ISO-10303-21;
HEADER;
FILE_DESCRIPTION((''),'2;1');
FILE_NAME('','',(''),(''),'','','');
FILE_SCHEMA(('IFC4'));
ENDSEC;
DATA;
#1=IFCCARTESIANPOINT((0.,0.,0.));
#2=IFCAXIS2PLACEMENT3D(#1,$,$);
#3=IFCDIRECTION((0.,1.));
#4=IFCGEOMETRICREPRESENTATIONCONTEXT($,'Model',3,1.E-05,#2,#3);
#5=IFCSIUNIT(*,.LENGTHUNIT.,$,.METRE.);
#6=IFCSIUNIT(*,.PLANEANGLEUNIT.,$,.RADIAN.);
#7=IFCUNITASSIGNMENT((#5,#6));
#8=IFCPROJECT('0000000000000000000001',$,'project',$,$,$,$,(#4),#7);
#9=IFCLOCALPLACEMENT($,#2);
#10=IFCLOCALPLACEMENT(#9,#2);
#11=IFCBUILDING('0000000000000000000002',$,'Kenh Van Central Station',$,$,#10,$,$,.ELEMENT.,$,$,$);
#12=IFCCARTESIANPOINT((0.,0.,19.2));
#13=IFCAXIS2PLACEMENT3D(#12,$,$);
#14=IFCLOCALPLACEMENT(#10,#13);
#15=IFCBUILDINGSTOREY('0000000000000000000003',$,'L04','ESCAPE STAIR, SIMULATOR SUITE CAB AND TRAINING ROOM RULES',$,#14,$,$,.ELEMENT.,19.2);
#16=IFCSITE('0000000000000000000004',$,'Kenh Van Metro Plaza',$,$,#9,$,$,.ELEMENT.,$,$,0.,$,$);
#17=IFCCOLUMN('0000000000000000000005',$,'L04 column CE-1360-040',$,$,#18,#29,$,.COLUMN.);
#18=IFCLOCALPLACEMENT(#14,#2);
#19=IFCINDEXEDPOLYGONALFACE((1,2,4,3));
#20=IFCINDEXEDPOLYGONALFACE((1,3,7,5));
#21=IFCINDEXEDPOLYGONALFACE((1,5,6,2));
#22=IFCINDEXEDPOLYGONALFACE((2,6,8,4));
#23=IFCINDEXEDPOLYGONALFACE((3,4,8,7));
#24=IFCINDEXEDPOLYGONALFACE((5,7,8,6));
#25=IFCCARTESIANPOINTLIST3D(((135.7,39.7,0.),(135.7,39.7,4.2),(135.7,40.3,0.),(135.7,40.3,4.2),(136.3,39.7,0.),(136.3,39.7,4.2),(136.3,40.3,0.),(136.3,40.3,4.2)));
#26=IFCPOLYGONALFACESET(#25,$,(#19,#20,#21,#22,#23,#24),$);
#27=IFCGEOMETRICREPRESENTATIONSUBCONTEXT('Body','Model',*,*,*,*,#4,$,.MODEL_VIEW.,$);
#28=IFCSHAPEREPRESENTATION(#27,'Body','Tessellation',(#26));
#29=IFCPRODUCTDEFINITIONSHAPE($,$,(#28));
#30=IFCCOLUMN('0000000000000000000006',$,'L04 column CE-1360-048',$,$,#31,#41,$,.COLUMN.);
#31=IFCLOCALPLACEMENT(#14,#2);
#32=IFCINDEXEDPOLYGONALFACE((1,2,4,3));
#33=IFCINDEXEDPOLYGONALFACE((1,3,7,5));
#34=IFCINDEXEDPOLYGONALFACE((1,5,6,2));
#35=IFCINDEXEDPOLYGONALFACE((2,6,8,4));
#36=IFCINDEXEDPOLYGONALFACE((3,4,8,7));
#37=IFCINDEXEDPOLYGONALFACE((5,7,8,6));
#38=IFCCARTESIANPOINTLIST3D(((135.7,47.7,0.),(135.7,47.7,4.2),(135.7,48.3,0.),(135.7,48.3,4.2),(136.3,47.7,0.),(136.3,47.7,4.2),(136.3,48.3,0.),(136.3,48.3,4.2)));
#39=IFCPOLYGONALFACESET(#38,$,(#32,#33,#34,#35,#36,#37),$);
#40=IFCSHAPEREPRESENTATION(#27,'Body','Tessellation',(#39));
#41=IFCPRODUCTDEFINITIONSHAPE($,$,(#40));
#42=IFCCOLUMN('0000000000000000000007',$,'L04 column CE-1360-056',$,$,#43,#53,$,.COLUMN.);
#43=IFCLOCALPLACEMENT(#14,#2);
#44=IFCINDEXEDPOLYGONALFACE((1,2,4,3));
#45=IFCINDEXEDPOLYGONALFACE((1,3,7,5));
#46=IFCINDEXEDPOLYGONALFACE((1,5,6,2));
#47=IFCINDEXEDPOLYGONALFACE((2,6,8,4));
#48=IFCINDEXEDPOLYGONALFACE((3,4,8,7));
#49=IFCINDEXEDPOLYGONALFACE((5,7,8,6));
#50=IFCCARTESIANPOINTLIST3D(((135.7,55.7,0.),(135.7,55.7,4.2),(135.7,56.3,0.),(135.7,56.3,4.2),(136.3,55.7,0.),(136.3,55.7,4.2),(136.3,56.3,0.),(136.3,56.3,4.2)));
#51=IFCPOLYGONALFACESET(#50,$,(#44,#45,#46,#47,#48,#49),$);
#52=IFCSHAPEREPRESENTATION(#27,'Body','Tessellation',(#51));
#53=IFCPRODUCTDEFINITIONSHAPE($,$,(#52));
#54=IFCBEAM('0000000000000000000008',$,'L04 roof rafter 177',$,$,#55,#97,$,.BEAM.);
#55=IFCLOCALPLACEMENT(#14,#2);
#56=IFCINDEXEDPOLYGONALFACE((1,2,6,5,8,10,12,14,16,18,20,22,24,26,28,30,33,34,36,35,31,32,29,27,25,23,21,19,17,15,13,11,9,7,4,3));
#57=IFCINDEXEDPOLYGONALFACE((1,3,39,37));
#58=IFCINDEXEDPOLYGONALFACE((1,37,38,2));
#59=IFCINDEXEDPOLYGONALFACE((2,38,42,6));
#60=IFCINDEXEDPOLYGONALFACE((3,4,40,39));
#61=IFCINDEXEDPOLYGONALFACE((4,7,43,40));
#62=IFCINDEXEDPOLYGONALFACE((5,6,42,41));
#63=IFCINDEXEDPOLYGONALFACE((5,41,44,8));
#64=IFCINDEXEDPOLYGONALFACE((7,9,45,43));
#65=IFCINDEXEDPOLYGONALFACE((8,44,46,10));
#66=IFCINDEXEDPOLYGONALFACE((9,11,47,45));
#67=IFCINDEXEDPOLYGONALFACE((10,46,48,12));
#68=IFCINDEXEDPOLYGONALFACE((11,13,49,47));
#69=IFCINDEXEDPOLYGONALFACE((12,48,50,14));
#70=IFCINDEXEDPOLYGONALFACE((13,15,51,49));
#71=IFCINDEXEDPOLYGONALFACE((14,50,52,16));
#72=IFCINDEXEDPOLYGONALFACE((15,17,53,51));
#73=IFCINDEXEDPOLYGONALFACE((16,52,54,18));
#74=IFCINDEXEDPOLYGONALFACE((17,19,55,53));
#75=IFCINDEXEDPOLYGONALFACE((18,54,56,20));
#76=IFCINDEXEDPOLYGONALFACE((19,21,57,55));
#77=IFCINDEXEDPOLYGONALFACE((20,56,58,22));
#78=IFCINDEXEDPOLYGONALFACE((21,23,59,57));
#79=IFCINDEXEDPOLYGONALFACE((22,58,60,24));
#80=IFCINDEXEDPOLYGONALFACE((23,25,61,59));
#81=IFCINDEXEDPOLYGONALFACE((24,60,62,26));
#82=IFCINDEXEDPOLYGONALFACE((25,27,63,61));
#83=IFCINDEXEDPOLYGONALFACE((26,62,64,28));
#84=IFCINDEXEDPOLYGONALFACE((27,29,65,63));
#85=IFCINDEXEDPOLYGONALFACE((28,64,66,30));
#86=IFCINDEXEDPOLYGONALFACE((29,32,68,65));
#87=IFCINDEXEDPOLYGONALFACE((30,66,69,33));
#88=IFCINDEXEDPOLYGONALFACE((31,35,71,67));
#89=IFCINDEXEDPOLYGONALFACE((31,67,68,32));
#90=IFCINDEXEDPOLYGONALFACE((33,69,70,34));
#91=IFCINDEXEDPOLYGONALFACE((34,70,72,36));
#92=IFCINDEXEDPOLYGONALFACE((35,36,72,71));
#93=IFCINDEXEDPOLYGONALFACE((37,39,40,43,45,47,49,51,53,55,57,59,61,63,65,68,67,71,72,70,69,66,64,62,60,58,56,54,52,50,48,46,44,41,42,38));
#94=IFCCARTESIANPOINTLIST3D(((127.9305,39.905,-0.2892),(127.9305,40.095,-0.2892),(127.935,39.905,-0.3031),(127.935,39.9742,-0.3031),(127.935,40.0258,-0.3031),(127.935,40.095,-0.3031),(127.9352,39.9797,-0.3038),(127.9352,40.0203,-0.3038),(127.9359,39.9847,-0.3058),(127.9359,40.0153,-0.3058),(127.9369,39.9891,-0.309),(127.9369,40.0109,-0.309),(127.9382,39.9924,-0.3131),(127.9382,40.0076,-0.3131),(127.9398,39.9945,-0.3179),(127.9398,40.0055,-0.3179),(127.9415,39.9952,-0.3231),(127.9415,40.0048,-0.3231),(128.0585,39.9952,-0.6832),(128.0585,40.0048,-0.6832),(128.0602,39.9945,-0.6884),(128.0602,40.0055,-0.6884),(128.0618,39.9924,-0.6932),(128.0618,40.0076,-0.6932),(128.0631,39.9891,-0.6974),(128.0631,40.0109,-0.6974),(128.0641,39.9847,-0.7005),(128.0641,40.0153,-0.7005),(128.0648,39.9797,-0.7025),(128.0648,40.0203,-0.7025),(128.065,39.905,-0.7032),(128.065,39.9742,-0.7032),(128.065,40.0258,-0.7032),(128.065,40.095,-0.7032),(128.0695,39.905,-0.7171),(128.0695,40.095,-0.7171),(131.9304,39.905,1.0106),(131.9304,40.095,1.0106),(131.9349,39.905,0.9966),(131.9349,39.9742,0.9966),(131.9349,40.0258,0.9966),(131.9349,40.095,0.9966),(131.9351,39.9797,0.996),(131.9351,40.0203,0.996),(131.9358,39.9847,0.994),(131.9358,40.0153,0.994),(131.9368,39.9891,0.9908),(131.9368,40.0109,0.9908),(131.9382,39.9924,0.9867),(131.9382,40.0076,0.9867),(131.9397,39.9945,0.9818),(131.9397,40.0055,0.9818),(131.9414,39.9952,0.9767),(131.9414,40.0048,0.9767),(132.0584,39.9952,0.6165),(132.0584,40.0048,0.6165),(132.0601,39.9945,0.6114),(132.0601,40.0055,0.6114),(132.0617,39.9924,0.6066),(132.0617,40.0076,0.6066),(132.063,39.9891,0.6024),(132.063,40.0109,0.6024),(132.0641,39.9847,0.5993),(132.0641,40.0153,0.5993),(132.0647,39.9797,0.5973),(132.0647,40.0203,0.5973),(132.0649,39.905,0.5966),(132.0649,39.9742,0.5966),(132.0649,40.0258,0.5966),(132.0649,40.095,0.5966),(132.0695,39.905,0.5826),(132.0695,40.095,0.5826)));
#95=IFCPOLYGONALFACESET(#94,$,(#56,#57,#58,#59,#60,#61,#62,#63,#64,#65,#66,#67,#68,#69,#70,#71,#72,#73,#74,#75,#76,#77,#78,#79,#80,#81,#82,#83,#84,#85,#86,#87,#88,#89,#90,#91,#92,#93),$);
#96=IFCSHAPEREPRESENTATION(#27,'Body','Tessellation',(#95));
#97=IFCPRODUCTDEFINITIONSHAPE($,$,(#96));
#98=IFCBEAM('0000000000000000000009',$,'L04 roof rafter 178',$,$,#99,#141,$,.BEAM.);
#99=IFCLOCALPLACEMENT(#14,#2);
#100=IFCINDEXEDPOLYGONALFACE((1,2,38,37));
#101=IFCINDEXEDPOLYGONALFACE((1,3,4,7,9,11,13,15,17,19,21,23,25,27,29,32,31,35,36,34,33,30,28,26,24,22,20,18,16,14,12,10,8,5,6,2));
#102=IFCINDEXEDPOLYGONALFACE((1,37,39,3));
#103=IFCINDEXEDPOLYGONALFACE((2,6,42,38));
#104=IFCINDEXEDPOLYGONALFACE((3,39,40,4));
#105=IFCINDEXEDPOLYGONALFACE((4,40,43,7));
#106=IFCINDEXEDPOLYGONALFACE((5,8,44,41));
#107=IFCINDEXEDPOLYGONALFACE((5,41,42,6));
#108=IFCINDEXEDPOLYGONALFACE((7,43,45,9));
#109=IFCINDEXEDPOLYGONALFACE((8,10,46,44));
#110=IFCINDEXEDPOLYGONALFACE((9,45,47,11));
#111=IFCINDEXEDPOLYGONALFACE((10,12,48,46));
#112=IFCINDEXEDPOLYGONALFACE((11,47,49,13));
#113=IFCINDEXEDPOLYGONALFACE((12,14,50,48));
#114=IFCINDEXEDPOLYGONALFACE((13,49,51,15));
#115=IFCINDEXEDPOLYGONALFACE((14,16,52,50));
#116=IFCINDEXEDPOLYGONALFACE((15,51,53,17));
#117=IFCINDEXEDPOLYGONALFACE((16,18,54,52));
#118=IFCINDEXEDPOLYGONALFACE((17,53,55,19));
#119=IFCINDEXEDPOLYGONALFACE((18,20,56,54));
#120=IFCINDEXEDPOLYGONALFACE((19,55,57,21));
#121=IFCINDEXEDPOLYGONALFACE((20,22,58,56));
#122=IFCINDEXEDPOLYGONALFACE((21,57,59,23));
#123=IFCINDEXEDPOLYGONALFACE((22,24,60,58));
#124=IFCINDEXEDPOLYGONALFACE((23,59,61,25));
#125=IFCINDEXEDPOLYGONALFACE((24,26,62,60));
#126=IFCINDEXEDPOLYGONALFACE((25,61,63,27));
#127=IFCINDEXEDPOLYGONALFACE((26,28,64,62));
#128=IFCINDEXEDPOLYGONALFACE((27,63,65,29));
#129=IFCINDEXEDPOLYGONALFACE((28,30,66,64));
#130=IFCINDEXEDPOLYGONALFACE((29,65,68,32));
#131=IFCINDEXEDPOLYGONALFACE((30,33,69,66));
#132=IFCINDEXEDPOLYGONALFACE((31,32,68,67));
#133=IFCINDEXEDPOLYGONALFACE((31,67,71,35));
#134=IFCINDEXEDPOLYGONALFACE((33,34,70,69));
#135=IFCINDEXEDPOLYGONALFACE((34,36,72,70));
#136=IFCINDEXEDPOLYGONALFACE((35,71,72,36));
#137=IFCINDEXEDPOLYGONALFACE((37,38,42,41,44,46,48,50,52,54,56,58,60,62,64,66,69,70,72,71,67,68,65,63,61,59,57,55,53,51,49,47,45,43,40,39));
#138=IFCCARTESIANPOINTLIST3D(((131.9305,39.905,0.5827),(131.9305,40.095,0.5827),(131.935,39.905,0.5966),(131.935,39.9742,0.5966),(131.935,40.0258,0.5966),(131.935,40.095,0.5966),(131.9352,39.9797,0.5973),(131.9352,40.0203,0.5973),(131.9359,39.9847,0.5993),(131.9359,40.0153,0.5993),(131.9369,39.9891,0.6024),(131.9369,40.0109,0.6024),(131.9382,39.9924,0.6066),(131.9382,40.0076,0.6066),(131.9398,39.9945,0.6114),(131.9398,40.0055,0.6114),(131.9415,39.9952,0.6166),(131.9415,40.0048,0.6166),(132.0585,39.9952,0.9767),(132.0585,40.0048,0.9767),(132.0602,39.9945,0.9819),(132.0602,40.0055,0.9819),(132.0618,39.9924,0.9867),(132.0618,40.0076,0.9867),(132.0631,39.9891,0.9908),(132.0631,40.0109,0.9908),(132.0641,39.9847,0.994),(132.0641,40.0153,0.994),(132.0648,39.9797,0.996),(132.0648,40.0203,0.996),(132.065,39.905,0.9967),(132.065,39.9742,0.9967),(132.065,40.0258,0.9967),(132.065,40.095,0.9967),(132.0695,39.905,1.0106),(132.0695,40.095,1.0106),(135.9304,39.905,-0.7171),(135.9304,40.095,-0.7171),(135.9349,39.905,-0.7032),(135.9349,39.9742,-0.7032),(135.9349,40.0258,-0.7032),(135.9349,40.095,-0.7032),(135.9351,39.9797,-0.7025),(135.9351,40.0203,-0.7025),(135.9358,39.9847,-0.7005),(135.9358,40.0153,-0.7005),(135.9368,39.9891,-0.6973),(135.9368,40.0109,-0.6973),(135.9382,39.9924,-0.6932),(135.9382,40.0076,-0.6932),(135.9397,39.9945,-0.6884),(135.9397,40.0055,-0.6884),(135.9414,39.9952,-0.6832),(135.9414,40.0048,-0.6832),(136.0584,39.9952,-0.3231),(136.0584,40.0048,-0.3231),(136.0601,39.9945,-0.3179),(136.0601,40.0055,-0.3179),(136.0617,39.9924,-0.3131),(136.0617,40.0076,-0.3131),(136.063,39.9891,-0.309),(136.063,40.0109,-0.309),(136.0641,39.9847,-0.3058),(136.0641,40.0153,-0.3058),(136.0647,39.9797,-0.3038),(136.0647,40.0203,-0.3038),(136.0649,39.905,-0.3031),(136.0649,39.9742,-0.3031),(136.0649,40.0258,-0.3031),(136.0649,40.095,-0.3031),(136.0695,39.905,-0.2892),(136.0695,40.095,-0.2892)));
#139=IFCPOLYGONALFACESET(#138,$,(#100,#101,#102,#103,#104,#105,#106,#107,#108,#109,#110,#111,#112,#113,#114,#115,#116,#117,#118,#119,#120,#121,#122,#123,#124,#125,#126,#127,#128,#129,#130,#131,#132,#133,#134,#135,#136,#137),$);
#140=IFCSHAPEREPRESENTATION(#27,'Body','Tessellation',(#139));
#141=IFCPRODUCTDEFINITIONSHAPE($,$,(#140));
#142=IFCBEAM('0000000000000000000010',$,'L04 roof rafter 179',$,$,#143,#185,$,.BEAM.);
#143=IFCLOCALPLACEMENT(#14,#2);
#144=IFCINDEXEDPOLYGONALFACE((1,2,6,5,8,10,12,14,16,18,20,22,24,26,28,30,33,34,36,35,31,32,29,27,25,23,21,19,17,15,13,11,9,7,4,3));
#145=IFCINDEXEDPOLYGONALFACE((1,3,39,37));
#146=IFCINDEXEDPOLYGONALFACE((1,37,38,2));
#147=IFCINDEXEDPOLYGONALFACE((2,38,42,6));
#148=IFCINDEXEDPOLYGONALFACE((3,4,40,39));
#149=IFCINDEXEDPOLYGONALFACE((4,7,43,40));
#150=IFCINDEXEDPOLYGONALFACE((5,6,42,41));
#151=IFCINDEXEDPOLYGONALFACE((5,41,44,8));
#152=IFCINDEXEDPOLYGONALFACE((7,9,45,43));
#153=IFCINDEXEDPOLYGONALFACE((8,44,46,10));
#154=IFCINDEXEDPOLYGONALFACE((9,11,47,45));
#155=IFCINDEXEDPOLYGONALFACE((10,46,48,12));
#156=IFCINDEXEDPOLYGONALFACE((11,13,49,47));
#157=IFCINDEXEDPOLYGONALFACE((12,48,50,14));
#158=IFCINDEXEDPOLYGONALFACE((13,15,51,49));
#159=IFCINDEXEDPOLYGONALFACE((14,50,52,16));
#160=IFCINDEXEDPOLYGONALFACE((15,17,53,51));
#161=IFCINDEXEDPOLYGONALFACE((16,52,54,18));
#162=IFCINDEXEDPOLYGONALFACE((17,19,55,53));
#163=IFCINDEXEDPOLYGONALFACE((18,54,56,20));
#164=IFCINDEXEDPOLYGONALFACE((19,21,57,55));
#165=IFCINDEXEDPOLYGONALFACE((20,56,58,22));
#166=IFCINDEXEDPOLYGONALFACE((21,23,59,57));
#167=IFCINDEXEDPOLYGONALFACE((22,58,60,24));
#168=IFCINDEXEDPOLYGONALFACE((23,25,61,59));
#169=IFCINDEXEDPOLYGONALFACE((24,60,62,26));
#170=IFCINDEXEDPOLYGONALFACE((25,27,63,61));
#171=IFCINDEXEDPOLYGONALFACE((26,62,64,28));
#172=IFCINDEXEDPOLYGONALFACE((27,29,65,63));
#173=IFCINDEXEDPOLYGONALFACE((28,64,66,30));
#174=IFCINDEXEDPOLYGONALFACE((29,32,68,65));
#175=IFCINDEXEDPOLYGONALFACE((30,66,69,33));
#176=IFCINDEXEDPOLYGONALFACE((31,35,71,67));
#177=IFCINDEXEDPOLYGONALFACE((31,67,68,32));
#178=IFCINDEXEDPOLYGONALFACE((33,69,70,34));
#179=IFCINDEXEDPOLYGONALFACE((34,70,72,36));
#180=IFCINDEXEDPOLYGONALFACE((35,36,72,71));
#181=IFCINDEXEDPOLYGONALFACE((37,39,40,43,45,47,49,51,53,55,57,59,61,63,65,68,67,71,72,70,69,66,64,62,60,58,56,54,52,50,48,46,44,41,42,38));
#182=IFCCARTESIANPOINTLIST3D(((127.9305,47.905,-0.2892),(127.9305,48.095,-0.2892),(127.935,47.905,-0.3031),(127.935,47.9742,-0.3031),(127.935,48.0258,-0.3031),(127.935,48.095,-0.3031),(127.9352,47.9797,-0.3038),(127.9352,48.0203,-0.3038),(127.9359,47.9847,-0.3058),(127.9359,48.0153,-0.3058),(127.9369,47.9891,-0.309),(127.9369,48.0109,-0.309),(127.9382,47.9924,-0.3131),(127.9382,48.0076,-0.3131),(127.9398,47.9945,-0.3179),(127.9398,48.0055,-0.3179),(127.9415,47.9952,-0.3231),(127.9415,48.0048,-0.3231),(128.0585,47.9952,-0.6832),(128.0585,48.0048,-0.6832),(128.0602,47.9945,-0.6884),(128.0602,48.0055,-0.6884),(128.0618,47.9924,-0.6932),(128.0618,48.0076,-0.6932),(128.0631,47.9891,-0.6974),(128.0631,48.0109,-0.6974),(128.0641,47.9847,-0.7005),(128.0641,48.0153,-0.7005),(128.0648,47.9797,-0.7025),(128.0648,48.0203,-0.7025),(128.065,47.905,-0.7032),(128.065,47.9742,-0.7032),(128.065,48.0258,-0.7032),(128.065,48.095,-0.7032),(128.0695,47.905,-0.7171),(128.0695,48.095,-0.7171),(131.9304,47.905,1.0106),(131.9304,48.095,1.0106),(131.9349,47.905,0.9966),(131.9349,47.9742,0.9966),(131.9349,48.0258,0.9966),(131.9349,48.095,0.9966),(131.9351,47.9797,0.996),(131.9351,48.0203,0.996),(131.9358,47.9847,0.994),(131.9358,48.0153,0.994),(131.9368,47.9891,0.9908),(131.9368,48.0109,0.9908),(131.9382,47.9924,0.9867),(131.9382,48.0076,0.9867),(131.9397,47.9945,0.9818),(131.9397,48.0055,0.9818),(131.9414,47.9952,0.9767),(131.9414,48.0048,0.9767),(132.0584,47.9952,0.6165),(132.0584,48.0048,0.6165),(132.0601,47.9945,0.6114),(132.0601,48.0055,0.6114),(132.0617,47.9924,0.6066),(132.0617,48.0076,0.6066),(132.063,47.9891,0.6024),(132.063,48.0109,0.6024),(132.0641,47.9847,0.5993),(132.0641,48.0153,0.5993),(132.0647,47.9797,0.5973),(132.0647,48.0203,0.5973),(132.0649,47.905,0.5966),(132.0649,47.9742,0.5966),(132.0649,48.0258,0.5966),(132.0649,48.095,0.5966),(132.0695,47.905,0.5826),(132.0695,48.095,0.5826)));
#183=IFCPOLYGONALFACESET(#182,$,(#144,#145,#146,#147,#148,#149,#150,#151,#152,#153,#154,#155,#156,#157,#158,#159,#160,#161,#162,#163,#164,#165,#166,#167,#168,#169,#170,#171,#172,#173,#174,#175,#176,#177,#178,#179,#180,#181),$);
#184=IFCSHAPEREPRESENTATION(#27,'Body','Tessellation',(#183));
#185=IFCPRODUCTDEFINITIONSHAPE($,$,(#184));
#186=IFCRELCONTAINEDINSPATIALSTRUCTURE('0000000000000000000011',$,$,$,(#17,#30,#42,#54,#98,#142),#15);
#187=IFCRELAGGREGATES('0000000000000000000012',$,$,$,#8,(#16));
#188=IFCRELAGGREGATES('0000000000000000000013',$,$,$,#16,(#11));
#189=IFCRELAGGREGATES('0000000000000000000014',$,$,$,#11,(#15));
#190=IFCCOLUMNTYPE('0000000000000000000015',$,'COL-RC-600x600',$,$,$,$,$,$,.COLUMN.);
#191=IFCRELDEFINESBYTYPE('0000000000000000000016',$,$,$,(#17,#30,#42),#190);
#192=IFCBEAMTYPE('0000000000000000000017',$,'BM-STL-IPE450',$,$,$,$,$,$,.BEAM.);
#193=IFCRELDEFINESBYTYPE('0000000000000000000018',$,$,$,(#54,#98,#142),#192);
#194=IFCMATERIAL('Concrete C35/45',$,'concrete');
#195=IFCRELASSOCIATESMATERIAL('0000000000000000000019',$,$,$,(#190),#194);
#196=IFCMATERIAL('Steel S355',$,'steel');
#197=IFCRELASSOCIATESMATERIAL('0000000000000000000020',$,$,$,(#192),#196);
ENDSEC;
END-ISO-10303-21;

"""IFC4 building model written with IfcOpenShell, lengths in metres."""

from ifc_helpers import new_model, si_unit, direction, frame, origin, origin_2d, place, context, subcontext, project, spatial, rectangle, i_section, extrude, material, material_profile, profile_set, type_object, element, save


model = new_model("IFC4")

# Units and contexts
model_context = context("Model", 3, precision=1e-05, world=origin(), true_north=direction((0.0, 1.0)))
body_context = subcontext(model_context, "Body", "Model", "MODEL_VIEW")
ifc_project = project(units=[si_unit("LENGTHUNIT", "METRE"), si_unit("PLANEANGLEUNIT", "RADIAN")], contexts=[model_context])

# Site, building, storey
site_placement = place(None, origin())
site = spatial("IfcSite", under=ifc_project, at=site_placement, Name="Kenh Van Metro Plaza", CompositionType="ELEMENT", RefElevation=0.0)
building_placement = place(site_placement, origin())
building = spatial("IfcBuilding", under=site, at=building_placement, Name="Kenh Van Central Station", CompositionType="ELEMENT")
storey_placement = place(building_placement, frame((0.0, 0.0, 19.2)))
storey = spatial("IfcBuildingStorey", under=building, at=storey_placement, Name="L04", Description="ESCAPE STAIR, SIMULATOR SUITE CAB AND TRAINING ROOM RULES", CompositionType="ELEMENT", Elevation=19.2)

# Columns
ifc_material_1 = material(Name="Concrete C35/45", Category="concrete")
ifc_material_profile_1 = material_profile(ifc_material_1, rectangle(XDim=0.6001, YDim=0.6001, at=origin_2d()), Name="RC 600x600")
ifc_profile_set_1 = profile_set([ifc_material_profile_1], Name="Concrete C35/45")
column_type = type_object("IfcColumnType", Name="COL-RC-600x600", PredefinedType="COLUMN", material=ifc_profile_set_1)
for number, where, z_axis, x_axis, name in (
    (1, (136.0, 40.0, 0.0), (0.0, 0.0, 1.0), (1.0, 0.0, 0.0), "L04 column CE-1360-040"),
    (2, (136.0, 48.0, 0.0), (0.0, 0.0, 1.0), (1.0, 0.0, 0.0), "L04 column CE-1360-048"),
    (3, (136.0, 56.0, 0.0), (0.0, 0.0, 1.0), (1.0, 0.0, 0.0), "L04 column CE-1360-056"),
):
    element("IfcColumn", number, at=place(storey_placement, frame(where, z_axis=z_axis, x_axis=x_axis)), inside=storey, type_object=column_type, Name=name, PredefinedType="COLUMN", context=body_context, shape_type="SweptSolid", body=[
        extrude(rectangle(XDim=0.6001, YDim=0.6001, at=origin_2d()), origin(), (0.0, 0.0, 1.0), 4.2),
    ])

# Beams
ifc_material_2 = material(Name="Steel S355", Category="steel")
ifc_material_profile_2 = material_profile(ifc_material_2, i_section(OverallWidth=0.1899, OverallDepth=0.45, WebThickness=0.0095, FlangeThickness=0.0146, FilletRadius=0.021, at=origin_2d()), Name="IPE 450")
ifc_profile_set_2 = profile_set([ifc_material_profile_2], Name="Steel S355")
beam_type_1 = type_object("IfcBeamType", Name="BM-STL-IPE450", PredefinedType="BEAM", material=ifc_profile_set_2)
for number, where, z_axis, x_axis, name in (
    (4, (128.0, 40.0, -0.5032), (0.951048, 0.0, 0.309044), (0.0, 1.0, 0.0), "L04 roof rafter 177"),
    (5, (132.0, 40.0, 0.7966), (0.951048, 0.0, -0.309044), (0.0, 1.0, 0.0), "L04 roof rafter 178"),
    (6, (128.0, 48.0, -0.5032), (0.951048, 0.0, 0.309044), (0.0, 1.0, 0.0), "L04 roof rafter 179"),
):
    element("IfcBeam", number, at=place(storey_placement, frame(where, z_axis=z_axis, x_axis=x_axis)), inside=storey, type_object=beam_type_1, Name=name, PredefinedType="BEAM", context=body_context, shape_type="SweptSolid", body=[
        extrude(i_section(OverallWidth=0.1899, OverallDepth=0.45, WebThickness=0.0095, FlangeThickness=0.0146, FilletRadius=0.021, at=origin_2d()), origin(), (0.0, 0.0, 1.0), 4.2058),
    ])

save(model, "model.ifc")
